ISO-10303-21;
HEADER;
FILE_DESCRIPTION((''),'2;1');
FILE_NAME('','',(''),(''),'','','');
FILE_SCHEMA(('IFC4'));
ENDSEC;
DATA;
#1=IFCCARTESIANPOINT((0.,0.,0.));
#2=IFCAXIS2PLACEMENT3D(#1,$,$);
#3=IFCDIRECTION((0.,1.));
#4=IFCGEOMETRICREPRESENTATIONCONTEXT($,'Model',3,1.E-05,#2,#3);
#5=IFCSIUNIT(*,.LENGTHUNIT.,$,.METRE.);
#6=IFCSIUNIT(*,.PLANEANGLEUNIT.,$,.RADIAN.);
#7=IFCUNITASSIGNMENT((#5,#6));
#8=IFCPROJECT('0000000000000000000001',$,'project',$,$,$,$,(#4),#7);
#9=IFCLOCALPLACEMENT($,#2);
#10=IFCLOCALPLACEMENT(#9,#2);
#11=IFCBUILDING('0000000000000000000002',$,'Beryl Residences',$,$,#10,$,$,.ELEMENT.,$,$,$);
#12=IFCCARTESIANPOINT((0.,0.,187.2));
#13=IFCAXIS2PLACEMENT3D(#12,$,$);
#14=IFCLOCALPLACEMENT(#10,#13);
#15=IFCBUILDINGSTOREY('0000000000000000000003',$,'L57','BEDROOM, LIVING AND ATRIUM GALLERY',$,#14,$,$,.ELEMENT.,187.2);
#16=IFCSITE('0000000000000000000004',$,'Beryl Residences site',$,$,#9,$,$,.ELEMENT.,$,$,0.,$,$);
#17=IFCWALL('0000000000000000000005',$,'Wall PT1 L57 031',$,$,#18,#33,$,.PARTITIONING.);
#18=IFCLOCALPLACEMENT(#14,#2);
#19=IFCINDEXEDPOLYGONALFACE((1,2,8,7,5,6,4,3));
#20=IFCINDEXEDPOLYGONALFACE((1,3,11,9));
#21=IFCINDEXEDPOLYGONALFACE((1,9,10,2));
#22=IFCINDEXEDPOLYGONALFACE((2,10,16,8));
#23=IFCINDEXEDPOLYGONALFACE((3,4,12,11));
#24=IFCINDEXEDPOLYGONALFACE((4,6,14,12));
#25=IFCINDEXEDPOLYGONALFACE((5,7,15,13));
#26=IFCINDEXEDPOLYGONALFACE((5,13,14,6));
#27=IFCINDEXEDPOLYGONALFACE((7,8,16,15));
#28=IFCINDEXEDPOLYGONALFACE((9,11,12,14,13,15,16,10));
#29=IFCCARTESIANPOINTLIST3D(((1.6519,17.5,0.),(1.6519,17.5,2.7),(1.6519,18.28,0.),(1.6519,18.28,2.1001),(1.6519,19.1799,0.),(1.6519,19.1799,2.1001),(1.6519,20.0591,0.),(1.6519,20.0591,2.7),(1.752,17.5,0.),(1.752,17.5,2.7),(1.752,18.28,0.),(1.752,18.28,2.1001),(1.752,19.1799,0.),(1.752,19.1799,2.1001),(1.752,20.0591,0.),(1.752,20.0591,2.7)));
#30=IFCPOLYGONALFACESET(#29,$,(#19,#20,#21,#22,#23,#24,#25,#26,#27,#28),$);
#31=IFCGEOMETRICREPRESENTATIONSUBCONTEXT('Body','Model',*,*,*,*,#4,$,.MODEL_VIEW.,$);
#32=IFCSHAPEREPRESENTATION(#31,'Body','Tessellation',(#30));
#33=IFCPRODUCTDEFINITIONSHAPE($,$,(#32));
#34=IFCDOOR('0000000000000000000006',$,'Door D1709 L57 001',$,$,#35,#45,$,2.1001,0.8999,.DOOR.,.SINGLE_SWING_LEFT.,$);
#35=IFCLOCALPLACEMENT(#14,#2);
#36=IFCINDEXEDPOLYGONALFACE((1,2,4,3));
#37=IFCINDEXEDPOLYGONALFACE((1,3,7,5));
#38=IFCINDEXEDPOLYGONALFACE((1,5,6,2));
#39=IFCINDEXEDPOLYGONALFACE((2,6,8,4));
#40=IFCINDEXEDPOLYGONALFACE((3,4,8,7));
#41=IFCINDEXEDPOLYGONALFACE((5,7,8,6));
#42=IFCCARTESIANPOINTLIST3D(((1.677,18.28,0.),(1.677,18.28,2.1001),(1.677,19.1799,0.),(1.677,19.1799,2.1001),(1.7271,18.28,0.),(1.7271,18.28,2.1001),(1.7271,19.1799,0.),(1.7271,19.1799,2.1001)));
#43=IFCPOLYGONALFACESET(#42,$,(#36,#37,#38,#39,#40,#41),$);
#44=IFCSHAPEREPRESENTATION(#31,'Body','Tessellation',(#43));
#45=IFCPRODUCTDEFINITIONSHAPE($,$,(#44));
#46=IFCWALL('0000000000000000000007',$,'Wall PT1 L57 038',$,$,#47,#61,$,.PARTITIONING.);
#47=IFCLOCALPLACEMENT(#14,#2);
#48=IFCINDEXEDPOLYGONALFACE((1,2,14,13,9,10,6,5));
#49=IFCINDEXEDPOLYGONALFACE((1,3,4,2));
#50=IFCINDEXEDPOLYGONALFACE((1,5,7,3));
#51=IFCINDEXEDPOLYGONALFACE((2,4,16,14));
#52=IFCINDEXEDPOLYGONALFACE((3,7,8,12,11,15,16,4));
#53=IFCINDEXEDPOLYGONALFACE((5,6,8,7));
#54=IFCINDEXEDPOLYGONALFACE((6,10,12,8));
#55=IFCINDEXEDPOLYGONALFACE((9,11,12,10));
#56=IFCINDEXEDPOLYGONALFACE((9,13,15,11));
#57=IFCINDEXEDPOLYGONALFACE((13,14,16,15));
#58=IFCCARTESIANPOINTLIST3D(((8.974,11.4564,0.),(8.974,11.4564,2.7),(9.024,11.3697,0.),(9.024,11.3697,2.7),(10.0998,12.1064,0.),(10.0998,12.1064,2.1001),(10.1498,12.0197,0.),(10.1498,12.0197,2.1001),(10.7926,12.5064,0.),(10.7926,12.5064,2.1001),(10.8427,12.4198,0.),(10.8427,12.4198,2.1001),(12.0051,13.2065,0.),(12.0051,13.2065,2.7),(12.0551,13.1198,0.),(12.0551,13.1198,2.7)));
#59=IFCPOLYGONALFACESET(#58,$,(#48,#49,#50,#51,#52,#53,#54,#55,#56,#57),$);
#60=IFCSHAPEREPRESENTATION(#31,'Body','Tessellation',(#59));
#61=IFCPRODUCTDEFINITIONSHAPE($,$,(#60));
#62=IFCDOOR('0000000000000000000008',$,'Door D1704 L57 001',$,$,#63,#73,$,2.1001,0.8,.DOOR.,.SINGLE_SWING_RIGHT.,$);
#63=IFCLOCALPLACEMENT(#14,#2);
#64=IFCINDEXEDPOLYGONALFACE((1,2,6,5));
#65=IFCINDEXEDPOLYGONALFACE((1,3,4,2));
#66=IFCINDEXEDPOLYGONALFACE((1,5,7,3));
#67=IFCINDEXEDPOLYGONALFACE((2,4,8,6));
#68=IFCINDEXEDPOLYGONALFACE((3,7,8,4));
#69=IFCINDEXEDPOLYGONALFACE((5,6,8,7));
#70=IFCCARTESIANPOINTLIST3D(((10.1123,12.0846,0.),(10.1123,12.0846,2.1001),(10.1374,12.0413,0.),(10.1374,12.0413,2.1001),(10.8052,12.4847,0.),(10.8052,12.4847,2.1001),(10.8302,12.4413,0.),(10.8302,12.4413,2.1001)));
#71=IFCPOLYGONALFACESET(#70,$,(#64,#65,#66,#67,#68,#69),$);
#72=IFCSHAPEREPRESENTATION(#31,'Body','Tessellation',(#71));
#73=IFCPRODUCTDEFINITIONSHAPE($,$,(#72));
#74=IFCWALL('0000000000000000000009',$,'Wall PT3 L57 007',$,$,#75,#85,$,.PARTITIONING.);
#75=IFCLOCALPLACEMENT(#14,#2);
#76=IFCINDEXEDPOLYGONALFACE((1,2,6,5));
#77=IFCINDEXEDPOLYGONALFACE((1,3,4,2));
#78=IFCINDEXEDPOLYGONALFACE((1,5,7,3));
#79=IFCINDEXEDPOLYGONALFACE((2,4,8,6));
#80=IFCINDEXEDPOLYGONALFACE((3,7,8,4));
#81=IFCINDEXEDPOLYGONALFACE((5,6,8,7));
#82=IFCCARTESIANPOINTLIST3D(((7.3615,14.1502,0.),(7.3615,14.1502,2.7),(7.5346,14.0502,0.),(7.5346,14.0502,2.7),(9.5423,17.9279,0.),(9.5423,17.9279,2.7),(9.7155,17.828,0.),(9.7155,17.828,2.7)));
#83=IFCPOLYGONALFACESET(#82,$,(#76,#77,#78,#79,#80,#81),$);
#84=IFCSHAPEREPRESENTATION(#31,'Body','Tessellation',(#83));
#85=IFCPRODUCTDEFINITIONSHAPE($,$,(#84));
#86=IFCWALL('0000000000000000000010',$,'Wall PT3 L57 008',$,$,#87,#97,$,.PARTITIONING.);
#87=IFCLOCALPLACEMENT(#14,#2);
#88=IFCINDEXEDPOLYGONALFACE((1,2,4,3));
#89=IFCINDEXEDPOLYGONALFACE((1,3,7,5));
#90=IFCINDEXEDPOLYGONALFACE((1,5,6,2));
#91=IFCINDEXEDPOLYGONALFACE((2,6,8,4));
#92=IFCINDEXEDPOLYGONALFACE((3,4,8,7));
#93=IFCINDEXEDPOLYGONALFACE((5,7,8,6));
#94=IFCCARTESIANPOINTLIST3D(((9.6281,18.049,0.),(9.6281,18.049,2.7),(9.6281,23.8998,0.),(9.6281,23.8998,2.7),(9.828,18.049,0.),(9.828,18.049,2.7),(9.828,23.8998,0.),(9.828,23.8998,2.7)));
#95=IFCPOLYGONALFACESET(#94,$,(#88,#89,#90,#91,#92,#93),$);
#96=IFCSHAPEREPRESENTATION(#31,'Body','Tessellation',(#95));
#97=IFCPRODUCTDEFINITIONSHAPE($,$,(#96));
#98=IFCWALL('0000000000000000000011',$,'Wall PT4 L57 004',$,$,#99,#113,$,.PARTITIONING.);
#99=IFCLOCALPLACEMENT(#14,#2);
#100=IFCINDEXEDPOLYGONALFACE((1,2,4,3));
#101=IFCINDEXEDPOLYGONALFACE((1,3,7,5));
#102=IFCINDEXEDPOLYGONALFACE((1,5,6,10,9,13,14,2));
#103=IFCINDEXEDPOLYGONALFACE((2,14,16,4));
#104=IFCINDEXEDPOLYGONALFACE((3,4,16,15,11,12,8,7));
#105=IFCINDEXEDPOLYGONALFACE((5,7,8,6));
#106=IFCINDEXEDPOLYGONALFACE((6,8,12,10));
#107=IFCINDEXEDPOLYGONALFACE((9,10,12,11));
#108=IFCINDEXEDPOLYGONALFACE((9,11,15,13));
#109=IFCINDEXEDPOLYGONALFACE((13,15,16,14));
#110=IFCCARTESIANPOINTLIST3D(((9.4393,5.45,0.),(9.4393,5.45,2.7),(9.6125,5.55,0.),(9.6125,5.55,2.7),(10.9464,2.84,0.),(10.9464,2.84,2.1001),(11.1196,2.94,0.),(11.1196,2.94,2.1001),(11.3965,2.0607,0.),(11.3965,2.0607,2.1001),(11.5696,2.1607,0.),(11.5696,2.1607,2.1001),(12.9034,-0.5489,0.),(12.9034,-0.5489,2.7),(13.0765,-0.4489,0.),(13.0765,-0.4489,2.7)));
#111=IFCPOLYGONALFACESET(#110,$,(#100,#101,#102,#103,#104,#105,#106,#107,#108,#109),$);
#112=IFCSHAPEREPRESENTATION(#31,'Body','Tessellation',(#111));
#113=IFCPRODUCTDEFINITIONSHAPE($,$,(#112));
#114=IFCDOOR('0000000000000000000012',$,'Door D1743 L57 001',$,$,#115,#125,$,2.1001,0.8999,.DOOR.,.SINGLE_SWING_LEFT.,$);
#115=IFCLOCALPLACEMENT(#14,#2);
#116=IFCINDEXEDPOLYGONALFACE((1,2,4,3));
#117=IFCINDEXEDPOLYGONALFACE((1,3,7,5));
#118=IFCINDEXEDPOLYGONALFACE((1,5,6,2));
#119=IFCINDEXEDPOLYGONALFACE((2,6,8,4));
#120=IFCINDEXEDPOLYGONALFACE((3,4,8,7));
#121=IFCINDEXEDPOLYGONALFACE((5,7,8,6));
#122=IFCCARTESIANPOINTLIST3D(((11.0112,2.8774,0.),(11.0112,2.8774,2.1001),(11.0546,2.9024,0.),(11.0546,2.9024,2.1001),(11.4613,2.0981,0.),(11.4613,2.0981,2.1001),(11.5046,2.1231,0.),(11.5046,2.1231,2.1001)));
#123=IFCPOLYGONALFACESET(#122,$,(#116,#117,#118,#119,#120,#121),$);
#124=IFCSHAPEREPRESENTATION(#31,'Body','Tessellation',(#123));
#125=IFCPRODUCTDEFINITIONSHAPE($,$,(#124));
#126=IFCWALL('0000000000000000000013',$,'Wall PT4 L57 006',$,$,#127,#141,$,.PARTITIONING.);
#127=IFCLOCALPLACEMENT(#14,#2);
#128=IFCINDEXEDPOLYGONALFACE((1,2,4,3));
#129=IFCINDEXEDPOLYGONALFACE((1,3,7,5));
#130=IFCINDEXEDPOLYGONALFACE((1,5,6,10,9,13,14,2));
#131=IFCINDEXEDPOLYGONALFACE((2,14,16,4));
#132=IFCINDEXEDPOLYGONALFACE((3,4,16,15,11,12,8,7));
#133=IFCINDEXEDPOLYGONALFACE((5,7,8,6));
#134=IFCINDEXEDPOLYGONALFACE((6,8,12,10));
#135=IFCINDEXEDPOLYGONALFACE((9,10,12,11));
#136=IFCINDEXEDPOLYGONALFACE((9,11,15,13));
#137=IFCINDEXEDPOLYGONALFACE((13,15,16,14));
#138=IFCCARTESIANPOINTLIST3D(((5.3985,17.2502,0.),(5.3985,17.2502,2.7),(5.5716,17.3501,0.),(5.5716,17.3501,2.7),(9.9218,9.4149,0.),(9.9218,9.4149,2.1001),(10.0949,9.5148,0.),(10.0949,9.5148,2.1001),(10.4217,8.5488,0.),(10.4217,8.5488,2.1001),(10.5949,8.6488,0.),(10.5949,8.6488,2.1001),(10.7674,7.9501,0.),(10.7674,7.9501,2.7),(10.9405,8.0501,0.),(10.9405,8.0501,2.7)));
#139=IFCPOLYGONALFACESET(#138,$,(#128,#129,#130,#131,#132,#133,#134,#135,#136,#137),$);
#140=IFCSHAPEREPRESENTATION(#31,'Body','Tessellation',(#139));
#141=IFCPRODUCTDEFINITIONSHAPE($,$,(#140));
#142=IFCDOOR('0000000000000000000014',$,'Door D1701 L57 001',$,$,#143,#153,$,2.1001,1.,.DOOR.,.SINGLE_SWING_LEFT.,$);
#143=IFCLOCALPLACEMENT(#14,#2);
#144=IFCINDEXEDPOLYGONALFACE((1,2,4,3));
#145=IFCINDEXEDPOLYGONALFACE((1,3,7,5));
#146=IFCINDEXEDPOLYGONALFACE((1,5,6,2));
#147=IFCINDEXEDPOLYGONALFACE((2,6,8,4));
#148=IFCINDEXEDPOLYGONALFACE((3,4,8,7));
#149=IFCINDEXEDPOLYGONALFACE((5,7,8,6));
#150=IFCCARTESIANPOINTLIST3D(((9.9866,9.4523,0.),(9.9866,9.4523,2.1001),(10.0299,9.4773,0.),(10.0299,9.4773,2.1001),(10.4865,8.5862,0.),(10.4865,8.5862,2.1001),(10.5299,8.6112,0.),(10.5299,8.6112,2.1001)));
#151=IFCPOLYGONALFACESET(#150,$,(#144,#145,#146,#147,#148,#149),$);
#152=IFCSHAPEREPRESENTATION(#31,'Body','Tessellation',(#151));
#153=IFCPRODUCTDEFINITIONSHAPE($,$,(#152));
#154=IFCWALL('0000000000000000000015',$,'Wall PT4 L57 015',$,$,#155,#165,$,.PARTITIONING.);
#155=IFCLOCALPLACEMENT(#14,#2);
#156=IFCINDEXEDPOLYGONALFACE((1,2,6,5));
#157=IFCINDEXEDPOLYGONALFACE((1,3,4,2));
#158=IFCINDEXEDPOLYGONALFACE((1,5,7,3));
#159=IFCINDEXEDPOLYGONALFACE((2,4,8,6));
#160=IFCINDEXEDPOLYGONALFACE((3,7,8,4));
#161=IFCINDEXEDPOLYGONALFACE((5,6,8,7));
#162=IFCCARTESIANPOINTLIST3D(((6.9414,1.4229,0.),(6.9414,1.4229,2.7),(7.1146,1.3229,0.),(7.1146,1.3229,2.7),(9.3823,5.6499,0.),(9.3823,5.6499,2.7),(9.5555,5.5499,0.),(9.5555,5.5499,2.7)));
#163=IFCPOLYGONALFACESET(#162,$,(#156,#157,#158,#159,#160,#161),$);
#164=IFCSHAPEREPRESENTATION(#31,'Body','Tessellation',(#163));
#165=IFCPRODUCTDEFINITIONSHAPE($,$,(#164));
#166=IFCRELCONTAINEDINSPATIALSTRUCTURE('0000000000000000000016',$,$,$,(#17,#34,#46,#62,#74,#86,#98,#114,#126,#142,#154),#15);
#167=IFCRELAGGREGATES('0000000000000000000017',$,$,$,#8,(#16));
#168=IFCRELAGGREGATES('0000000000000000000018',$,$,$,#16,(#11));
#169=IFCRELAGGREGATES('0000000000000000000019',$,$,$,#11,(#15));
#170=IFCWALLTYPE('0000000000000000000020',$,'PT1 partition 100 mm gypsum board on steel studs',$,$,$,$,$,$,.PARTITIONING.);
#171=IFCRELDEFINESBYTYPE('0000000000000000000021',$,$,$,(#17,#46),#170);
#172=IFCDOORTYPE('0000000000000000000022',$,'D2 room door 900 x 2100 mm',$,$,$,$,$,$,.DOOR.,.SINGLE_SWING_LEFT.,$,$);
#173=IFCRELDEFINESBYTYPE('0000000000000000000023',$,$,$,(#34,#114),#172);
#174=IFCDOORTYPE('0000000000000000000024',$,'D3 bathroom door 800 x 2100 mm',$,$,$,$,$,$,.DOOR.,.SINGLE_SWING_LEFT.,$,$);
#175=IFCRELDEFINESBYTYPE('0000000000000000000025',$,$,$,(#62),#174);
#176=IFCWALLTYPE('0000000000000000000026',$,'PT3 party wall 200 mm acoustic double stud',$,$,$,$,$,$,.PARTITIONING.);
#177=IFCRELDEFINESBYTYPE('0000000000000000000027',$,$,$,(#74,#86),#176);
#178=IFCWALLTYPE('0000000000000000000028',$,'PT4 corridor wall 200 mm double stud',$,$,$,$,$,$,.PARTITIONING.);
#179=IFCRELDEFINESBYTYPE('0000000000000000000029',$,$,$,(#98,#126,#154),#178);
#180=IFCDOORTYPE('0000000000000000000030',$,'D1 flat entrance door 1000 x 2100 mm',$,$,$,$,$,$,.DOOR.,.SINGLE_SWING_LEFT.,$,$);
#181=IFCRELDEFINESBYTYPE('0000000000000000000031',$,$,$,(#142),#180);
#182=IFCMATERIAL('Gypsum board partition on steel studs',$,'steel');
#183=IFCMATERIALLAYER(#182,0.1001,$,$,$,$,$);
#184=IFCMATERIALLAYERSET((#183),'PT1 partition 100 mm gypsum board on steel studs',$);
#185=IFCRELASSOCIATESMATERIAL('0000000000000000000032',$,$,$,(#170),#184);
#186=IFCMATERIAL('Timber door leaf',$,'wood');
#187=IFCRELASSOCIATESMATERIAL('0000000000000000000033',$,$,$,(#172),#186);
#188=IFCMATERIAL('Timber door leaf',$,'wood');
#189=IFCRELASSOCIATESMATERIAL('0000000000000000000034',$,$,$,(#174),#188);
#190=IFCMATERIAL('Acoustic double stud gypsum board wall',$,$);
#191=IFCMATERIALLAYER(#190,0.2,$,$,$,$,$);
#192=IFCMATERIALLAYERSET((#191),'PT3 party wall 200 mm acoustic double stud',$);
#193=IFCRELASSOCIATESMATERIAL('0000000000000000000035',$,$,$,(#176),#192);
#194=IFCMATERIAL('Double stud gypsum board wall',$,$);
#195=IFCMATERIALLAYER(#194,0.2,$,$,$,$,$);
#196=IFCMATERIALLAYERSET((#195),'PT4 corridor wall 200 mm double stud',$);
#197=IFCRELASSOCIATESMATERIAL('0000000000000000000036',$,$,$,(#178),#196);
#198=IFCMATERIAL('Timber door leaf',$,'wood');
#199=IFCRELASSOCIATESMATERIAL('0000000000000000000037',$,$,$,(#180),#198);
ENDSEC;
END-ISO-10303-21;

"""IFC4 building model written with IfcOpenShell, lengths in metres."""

from ifc_helpers import new_model, si_unit, direction, frame, frame_2d, origin, place, context, subcontext, project, spatial, rectangle, extrude, material, layer, layer_set, type_object, element, fill, save


model = new_model("IFC4")

# Units and contexts
model_context = context("Model", 3, precision=1e-05, world=origin(), true_north=direction((0.0, 1.0)))
body_context = subcontext(model_context, "Body", "Model", "MODEL_VIEW")
ifc_project = project(units=[si_unit("LENGTHUNIT", "METRE"), si_unit("PLANEANGLEUNIT", "RADIAN")], contexts=[model_context])

# Site, building, storey
site_placement = place(None, origin())
site = spatial("IfcSite", under=ifc_project, at=site_placement, Name="Beryl Residences site", CompositionType="ELEMENT", RefElevation=0.0)
building_placement = place(site_placement, origin())
building = spatial("IfcBuilding", under=site, at=building_placement, Name="Beryl Residences", CompositionType="ELEMENT")
storey_placement = place(building_placement, frame((0.0, 0.0, 187.2)))
storey = spatial("IfcBuildingStorey", under=building, at=storey_placement, Name="L57", Description="BEDROOM, LIVING AND ATRIUM GALLERY", CompositionType="ELEMENT", Elevation=187.2)

# Walls, openings, doors
ifc_material_1 = material(Name="Gypsum board partition on steel studs", Category="steel")
ifc_layer_1 = layer(ifc_material_1, 0.1001)
ifc_layer_set_1 = layer_set([ifc_layer_1], Name="PT1 partition 100 mm gypsum board on steel studs")
wall_type_1 = type_object("IfcWallType", Name="PT1 partition 100 mm gypsum board on steel studs", PredefinedType="PARTITIONING", material=ifc_layer_set_1)
ifc_material_2 = material(Name="Timber door leaf", Category="wood")
door_type_1 = type_object("IfcDoorType", Name="D2 room door 900 x 2100 mm", OperationType="SINGLE_SWING_LEFT", PredefinedType="DOOR", material=ifc_material_2)
ifc_material_3 = material(Name="Timber door leaf", Category="wood")
door_type_2 = type_object("IfcDoorType", Name="D3 bathroom door 800 x 2100 mm", OperationType="SINGLE_SWING_LEFT", PredefinedType="DOOR", material=ifc_material_3)
wall_1_placement = place(storey_placement, frame((1.7019, 17.5, 0.0), z_axis=(0.0, 0.0, 1.0), x_axis=(0.0, 1.0, 0.0)))
wall_1 = element("IfcWall", 1, at=wall_1_placement, inside=storey, type_object=wall_type_1, Name="Wall PT1 L57 031", PredefinedType="PARTITIONING", context=body_context, shape_type="SweptSolid", body=[
    extrude(rectangle(XDim=2.5591, YDim=0.1001, at=frame_2d((1.2795, 0.0))), origin(), (0.0, 0.0, 1.0), 2.7),
])
opening_1_placement = place(wall_1_placement, frame((0.78, 0.0, 0.0)))
opening_1 = element("IfcOpeningElement", 2, at=opening_1_placement, cuts=wall_1, PredefinedType="OPENING", context=body_context, shape_type="SweptSolid", body=[
    extrude(rectangle(XDim=0.8999, YDim=2.1001, at=frame_2d((0.45, 1.05))), frame((0.0, 0.0601, 0.0), z_axis=(0.0, -1.0, 0.0), x_axis=(1.0, 0.0, 0.0)), (0.0, 0.0, 1.0), 0.1201),
])
door_1_placement = place(opening_1_placement, origin())
door_1 = element("IfcDoor", 3, at=door_1_placement, inside=storey, type_object=door_type_1, Name="Door D1709 L57 001", OperationType="SINGLE_SWING_LEFT", OverallHeight=2.1001, OverallWidth=0.8999, PredefinedType="DOOR", context=body_context, shape_type="SweptSolid", body=[
    extrude(rectangle(XDim=0.8999, YDim=2.1001, at=frame_2d((0.45, 1.05))), frame((0.0, 0.0249, 0.0), z_axis=(0.0, -1.0, 0.0), x_axis=(1.0, 0.0, 0.0)), (0.0, 0.0, 1.0), 0.05),
])
fill(opening_1, door_1)
wall_2_placement = place(storey_placement, frame((8.999, 11.4131, 0.0), z_axis=(0.0, 0.0, 1.0), x_axis=(0.866019, 0.50001, 0.0)))
wall_2 = element("IfcWall", 4, at=wall_2_placement, inside=storey, type_object=wall_type_1, Name="Wall PT1 L57 038", PredefinedType="PARTITIONING", context=body_context, shape_type="SweptSolid", body=[
    extrude(rectangle(XDim=3.5, YDim=0.1001, at=frame_2d((1.75, 0.0))), origin(), (0.0, 0.0, 1.0), 2.7),
])
opening_2_placement = place(wall_2_placement, frame((1.3, 0.0, 0.0)))
opening_2 = element("IfcOpeningElement", 5, at=opening_2_placement, cuts=wall_2, PredefinedType="OPENING", context=body_context, shape_type="SweptSolid", body=[
    extrude(rectangle(XDim=0.8, YDim=2.1001, at=frame_2d((0.3999, 1.05))), frame((0.0, 0.0601, 0.0), z_axis=(0.0, -1.0, 0.0), x_axis=(1.0, 0.0, 0.0)), (0.0, 0.0, 1.0), 0.1201),
])
door_2_placement = place(opening_2_placement, origin())
door_2 = element("IfcDoor", 6, at=door_2_placement, inside=storey, type_object=door_type_2, Name="Door D1704 L57 001", OperationType="SINGLE_SWING_RIGHT", OverallHeight=2.1001, OverallWidth=0.8, PredefinedType="DOOR", context=body_context, shape_type="SweptSolid", body=[
    extrude(rectangle(XDim=0.8, YDim=2.1001, at=frame_2d((0.3999, 1.05))), frame((0.0, 0.0249, 0.0), z_axis=(0.0, -1.0, 0.0), x_axis=(1.0, 0.0, 0.0)), (0.0, 0.0, 1.0), 0.05),
])
fill(opening_2, door_2)

# Walls
ifc_material_4 = material(Name="Acoustic double stud gypsum board wall")
ifc_layer_2 = layer(ifc_material_4, 0.2)
ifc_layer_set_2 = layer_set([ifc_layer_2], Name="PT3 party wall 200 mm acoustic double stud")
wall_type_2 = type_object("IfcWallType", Name="PT3 party wall 200 mm acoustic double stud", PredefinedType="PARTITIONING", material=ifc_layer_set_2)
wall_3_placement = place(storey_placement, frame((7.448, 14.1001, 0.0), z_axis=(0.0, 0.0, 1.0), x_axis=(0.499961, 0.866048, 0.0)))
element("IfcWall", 7, at=wall_3_placement, inside=storey, type_object=wall_type_2, Name="Wall PT3 L57 007", PredefinedType="PARTITIONING", context=body_context, shape_type="SweptSolid", body=[
    extrude(rectangle(XDim=4.3621, YDim=0.2, at=frame_2d((2.1812, 0.0))), origin(), (0.0, 0.0, 1.0), 2.7),
])
wall_4_placement = place(storey_placement, frame((9.728, 18.0491, 0.0), z_axis=(0.0, 0.0, 1.0), x_axis=(0.0, 1.0, 0.0)))
element("IfcWall", 8, at=wall_4_placement, inside=storey, type_object=wall_type_2, Name="Wall PT3 L57 008", PredefinedType="PARTITIONING", context=body_context, shape_type="SweptSolid", body=[
    extrude(rectangle(XDim=5.8508, YDim=0.2, at=frame_2d((2.9253, 0.0))), origin(), (0.0, 0.0, 1.0), 2.7),
])

# Walls, openings, doors
ifc_material_5 = material(Name="Double stud gypsum board wall")
ifc_layer_3 = layer(ifc_material_5, 0.2)
ifc_layer_set_3 = layer_set([ifc_layer_3], Name="PT4 corridor wall 200 mm double stud")
wall_type_3 = type_object("IfcWallType", Name="PT4 corridor wall 200 mm double stud", PredefinedType="PARTITIONING", material=ifc_layer_set_3)
wall_5_placement = place(storey_placement, frame((9.5259, 5.5, 0.0), z_axis=(0.0, 0.0, 1.0), x_axis=(0.500062, -0.86599, 0.0)))
wall_5 = element("IfcWall", 9, at=wall_5_placement, inside=storey, type_object=wall_type_3, Name="Wall PT4 L57 004", PredefinedType="PARTITIONING", context=body_context, shape_type="SweptSolid", body=[
    extrude(rectangle(XDim=6.9272, YDim=0.2, at=frame_2d((3.4636, 0.0))), origin(), (0.0, 0.0, 1.0), 2.7),
])
opening_3_placement = place(wall_5_placement, frame((3.0139, 0.0, 0.0)))
opening_3 = element("IfcOpeningElement", 10, at=opening_3_placement, cuts=wall_5, PredefinedType="OPENING", context=body_context, shape_type="SweptSolid", body=[
    extrude(rectangle(XDim=0.8999, YDim=2.1001, at=frame_2d((0.45, 1.05))), frame((0.0, 0.1099, 0.0), z_axis=(0.0, -1.0, 0.0), x_axis=(1.0, 0.0, 0.0)), (0.0, 0.0, 1.0), 0.22),
])
door_3_placement = place(opening_3_placement, origin())
door_3 = element("IfcDoor", 11, at=door_3_placement, inside=storey, type_object=door_type_1, Name="Door D1743 L57 001", OperationType="SINGLE_SWING_LEFT", OverallHeight=2.1001, OverallWidth=0.8999, PredefinedType="DOOR", context=body_context, shape_type="SweptSolid", body=[
    extrude(rectangle(XDim=0.8999, YDim=2.1001, at=frame_2d((0.45, 1.05))), frame((0.0, 0.0249, 0.0), z_axis=(0.0, -1.0, 0.0), x_axis=(1.0, 0.0, 0.0)), (0.0, 0.0, 1.0), 0.05),
])
fill(opening_3, door_3)
wall_6_placement = place(storey_placement, frame((5.4851, 17.3, 0.0), z_axis=(0.0, 0.0, 1.0), x_axis=(0.499966, -0.866045, 0.0)))
wall_6 = element("IfcWall", 12, at=wall_6_placement, inside=storey, type_object=wall_type_3, Name="Wall PT4 L57 006", PredefinedType="PARTITIONING", context=body_context, shape_type="SweptSolid", body=[
    extrude(rectangle(XDim=10.7385, YDim=0.2, at=frame_2d((5.3691, 0.0))), origin(), (0.0, 0.0, 1.0), 2.7),
])
opening_4_placement = place(wall_6_placement, frame((9.0471, 0.0, 0.0)))
opening_4 = element("IfcOpeningElement", 13, at=opening_4_placement, cuts=wall_6, PredefinedType="OPENING", context=body_context, shape_type="SweptSolid", body=[
    extrude(rectangle(XDim=1.0, YDim=2.1001, at=frame_2d((0.5, 1.05))), frame((0.0, 0.1099, 0.0), z_axis=(0.0, -1.0, 0.0), x_axis=(1.0, 0.0, 0.0)), (0.0, 0.0, 1.0), 0.22),
])
ifc_material_6 = material(Name="Timber door leaf", Category="wood")
door_type_3 = type_object("IfcDoorType", Name="D1 flat entrance door 1000 x 2100 mm", OperationType="SINGLE_SWING_LEFT", PredefinedType="DOOR", material=ifc_material_6)
door_4_placement = place(opening_4_placement, origin())
door_4 = element("IfcDoor", 14, at=door_4_placement, inside=storey, type_object=door_type_3, Name="Door D1701 L57 001", OperationType="SINGLE_SWING_LEFT", OverallHeight=2.1001, OverallWidth=1.0, PredefinedType="DOOR", context=body_context, shape_type="SweptSolid", body=[
    extrude(rectangle(XDim=1.0, YDim=2.1001, at=frame_2d((0.5, 1.05))), frame((0.0, 0.0249, 0.0), z_axis=(0.0, -1.0, 0.0), x_axis=(1.0, 0.0, 0.0)), (0.0, 0.0, 1.0), 0.05),
])
fill(opening_4, door_4)

# Wall
wall_7_placement = place(storey_placement, frame((7.0281, 1.373, 0.0), z_axis=(0.0, 0.0, 1.0), x_axis=(0.500066, 0.865987, 0.0)))
element("IfcWall", 15, at=wall_7_placement, inside=storey, type_object=wall_type_3, Name="Wall PT4 L57 015", PredefinedType="PARTITIONING", context=body_context, shape_type="SweptSolid", body=[
    extrude(rectangle(XDim=4.8811, YDim=0.2, at=frame_2d((2.4404, 0.0))), origin(), (0.0, 0.0, 1.0), 2.7),
])

save(model, "model.ifc")
